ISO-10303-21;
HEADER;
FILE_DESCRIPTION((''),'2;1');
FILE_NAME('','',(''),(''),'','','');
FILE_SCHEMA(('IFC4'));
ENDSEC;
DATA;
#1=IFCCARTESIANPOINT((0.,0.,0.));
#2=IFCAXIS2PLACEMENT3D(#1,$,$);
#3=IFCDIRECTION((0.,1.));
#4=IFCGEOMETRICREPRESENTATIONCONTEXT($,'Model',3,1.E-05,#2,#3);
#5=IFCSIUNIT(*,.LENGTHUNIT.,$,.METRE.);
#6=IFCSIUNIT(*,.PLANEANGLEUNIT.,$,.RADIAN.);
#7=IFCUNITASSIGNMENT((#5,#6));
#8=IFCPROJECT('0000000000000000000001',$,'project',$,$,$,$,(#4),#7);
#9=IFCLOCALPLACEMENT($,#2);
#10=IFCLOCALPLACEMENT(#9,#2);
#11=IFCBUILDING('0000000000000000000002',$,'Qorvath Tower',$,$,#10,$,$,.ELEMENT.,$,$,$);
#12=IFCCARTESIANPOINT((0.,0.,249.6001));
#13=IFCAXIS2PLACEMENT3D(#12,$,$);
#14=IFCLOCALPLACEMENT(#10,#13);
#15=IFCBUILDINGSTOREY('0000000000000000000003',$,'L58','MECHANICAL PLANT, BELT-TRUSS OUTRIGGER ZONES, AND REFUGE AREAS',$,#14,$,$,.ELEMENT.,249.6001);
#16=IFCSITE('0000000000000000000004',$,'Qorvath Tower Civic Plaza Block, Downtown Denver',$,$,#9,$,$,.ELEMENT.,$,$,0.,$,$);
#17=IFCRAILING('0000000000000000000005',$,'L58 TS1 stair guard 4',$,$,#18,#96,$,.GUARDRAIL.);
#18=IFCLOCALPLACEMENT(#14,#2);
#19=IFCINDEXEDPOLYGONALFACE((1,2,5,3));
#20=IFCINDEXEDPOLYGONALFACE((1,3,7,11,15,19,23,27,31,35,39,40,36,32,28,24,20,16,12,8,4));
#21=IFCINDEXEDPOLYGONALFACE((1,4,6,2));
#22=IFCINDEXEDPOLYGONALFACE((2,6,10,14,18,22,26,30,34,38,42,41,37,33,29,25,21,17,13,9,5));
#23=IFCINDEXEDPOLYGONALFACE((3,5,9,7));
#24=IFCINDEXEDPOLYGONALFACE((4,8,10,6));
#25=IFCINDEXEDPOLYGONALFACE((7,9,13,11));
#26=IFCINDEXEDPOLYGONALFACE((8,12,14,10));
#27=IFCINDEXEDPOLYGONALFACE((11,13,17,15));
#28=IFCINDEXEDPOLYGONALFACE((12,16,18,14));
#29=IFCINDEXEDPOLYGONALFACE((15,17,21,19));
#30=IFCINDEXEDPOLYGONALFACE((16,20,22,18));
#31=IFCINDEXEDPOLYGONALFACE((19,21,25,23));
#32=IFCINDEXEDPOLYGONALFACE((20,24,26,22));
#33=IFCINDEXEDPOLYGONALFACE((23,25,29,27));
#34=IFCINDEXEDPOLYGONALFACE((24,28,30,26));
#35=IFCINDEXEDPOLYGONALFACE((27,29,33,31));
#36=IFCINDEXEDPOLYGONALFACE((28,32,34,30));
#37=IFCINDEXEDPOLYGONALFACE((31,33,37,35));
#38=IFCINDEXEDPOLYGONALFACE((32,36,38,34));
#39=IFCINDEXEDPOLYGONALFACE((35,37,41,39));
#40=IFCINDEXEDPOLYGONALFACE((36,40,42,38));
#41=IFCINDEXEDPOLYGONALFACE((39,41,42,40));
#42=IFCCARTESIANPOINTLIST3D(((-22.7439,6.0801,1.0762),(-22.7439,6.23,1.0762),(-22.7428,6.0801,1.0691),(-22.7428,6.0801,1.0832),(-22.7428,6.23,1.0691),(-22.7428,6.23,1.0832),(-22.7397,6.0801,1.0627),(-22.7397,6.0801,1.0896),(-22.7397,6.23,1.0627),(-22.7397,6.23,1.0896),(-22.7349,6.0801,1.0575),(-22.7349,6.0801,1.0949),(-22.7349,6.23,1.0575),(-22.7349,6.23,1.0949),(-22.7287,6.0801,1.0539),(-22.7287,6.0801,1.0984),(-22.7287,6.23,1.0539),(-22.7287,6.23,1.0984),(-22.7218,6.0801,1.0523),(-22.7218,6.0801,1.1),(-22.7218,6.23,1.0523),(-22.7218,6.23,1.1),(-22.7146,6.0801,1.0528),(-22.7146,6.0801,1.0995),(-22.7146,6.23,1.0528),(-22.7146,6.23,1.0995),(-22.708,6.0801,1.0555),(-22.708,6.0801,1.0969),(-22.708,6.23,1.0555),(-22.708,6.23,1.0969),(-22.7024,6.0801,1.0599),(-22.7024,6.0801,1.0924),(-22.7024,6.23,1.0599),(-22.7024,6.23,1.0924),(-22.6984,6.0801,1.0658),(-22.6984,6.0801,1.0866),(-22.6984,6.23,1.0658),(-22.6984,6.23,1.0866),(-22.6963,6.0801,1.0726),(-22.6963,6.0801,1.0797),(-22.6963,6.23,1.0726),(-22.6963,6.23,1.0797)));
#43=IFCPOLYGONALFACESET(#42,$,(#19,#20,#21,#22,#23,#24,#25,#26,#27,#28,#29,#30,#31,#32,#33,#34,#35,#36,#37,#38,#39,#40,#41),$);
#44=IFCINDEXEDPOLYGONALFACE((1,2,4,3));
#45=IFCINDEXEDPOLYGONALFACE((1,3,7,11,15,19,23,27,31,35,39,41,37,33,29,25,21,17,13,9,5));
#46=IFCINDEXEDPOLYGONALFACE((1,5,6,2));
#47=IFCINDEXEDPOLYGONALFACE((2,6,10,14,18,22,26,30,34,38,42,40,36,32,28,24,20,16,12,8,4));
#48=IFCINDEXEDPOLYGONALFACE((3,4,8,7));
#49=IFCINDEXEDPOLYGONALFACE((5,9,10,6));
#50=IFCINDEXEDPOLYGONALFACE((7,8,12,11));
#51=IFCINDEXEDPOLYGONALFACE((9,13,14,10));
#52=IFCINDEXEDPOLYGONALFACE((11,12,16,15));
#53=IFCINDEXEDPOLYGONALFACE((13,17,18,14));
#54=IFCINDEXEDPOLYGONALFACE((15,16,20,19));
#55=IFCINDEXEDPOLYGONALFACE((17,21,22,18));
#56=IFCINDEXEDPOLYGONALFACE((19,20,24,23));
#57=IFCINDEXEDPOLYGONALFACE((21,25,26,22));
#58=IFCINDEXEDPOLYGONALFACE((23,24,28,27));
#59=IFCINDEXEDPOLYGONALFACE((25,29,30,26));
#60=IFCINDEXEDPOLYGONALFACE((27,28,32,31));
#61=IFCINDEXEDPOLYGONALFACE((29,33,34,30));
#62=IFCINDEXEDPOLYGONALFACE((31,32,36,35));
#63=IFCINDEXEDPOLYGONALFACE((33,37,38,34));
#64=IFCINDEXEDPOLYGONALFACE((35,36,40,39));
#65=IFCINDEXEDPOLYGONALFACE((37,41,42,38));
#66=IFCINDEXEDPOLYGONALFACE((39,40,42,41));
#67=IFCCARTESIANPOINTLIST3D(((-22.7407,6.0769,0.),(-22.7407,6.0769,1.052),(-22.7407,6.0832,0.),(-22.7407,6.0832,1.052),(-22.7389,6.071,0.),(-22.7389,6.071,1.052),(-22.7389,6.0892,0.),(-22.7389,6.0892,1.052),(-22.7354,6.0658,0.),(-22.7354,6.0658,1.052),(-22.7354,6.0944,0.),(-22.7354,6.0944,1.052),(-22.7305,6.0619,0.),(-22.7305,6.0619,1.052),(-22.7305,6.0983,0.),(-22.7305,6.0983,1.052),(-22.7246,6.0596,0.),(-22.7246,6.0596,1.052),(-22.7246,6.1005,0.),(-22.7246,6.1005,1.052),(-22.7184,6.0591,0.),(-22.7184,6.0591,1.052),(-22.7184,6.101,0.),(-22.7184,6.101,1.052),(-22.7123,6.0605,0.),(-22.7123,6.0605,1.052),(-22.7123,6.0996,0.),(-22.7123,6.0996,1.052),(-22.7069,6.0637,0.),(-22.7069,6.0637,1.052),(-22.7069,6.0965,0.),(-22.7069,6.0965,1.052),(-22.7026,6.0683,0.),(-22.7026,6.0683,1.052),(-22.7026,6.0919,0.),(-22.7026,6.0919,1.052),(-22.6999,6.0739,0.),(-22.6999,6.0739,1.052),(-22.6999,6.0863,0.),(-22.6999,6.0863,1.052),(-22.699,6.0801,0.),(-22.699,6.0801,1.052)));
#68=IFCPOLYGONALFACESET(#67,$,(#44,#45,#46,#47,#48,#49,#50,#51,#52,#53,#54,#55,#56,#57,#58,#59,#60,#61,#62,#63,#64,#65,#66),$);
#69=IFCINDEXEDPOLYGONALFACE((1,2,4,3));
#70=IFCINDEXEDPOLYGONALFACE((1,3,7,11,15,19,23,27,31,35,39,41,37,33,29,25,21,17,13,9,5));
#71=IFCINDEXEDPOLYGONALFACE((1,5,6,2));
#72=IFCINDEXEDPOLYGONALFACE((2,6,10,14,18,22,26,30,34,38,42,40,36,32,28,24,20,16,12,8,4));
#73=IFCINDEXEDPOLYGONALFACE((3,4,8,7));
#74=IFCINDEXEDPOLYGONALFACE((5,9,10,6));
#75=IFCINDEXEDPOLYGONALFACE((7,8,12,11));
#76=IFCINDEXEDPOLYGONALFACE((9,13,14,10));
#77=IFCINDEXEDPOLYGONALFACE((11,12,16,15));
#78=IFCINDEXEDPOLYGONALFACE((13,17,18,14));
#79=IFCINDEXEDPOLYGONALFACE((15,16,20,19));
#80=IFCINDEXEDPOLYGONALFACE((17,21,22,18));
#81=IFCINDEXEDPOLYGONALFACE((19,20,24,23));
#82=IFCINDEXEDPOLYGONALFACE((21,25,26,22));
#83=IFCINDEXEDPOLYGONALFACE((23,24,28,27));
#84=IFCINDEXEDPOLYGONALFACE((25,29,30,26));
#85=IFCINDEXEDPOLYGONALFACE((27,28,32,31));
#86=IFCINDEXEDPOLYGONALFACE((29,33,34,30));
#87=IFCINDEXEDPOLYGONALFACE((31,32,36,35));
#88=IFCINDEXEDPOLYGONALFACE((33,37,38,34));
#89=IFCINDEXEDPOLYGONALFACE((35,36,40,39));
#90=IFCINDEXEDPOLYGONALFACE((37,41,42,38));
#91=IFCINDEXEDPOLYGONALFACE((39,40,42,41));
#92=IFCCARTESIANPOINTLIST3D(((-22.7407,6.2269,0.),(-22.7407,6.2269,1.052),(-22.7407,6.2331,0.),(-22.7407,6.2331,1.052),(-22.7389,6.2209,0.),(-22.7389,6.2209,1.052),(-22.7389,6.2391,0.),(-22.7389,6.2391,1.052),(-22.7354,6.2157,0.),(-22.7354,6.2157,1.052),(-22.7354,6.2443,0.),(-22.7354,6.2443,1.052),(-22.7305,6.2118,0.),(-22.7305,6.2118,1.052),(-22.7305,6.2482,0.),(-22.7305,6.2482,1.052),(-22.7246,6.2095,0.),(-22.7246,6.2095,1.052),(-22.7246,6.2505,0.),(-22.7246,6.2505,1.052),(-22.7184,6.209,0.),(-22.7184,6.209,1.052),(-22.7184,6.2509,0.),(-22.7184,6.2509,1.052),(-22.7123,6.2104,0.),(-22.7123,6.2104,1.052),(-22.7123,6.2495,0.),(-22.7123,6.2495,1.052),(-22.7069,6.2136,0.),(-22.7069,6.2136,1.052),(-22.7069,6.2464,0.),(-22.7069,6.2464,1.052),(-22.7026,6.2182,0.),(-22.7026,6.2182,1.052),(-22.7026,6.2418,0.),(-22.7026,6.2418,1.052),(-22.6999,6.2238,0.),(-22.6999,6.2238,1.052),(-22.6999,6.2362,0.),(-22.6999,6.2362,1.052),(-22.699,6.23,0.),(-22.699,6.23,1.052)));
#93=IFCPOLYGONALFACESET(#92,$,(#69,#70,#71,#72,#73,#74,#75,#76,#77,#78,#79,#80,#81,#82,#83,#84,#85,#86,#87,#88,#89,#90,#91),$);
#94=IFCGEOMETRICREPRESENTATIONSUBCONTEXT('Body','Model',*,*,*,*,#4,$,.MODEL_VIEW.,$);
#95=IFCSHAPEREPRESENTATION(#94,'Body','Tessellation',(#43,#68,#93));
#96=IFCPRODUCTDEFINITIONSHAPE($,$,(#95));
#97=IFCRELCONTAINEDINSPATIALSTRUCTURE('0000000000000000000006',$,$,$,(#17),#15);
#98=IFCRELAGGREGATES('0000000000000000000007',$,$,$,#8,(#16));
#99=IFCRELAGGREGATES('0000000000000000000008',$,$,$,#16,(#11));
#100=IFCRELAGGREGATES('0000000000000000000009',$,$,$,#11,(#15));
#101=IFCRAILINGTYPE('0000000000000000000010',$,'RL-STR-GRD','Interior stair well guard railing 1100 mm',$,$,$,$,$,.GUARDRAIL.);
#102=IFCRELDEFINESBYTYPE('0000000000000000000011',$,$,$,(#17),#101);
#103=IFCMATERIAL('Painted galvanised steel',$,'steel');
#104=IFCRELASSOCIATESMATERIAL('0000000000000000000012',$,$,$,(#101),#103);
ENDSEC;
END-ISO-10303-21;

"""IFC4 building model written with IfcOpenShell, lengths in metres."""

from ifc_helpers import new_model, si_unit, direction, frame, origin, origin_2d, place, context, subcontext, project, spatial, circle, extrude, material, type_object, element, save


model = new_model("IFC4")

# Units and contexts
model_context = context("Model", 3, precision=1e-05, world=origin(), true_north=direction((0.0, 1.0)))
body_context = subcontext(model_context, "Body", "Model", "MODEL_VIEW")
ifc_project = project(units=[si_unit("LENGTHUNIT", "METRE"), si_unit("PLANEANGLEUNIT", "RADIAN")], contexts=[model_context])

# Site, building, storey
site_placement = place(None, origin())
site = spatial("IfcSite", under=ifc_project, at=site_placement, Name="Qorvath Tower Civic Plaza Block, Downtown Denver", CompositionType="ELEMENT", RefElevation=0.0)
building_placement = place(site_placement, origin())
building = spatial("IfcBuilding", under=site, at=building_placement, Name="Qorvath Tower", CompositionType="ELEMENT")
storey_placement = place(building_placement, frame((0.0, 0.0, 249.6001)))
storey = spatial("IfcBuildingStorey", under=building, at=storey_placement, Name="L58", Description="MECHANICAL PLANT, BELT-TRUSS OUTRIGGER ZONES, AND REFUGE AREAS", CompositionType="ELEMENT", Elevation=249.6001)

# Railing
ifc_material_1 = material(Name="Painted galvanised steel", Category="steel")
railing_type_1 = type_object("IfcRailingType", Name="RL-STR-GRD", Description="Interior stair well guard railing 1100 mm", PredefinedType="GUARDRAIL", material=ifc_material_1)
railing_1_placement = place(storey_placement, frame((-22.72, 6.0801, 0.0)))
element("IfcRailing", 1, at=railing_1_placement, inside=storey, type_object=railing_type_1, Name="L58 TS1 stair guard 4", PredefinedType="GUARDRAIL", context=body_context, shape_type="SweptSolid", body=[
    extrude(circle(Radius=0.0239, at=origin_2d()), frame((0.0, 0.0, 1.0762), z_axis=(0.0, 1.0, 0.0), x_axis=(-1.0, 0.0, 0.0)), (0.0, 0.0, 1.0), 0.1499),
    extrude(circle(Radius=0.021, at=origin_2d()), origin(), (0.0, 0.0, 1.0), 1.052),
    extrude(circle(Radius=0.021, at=origin_2d()), frame((0.0, 0.1499, 0.0)), (0.0, 0.0, 1.0), 1.052),
])

save(model, "model.ifc")
